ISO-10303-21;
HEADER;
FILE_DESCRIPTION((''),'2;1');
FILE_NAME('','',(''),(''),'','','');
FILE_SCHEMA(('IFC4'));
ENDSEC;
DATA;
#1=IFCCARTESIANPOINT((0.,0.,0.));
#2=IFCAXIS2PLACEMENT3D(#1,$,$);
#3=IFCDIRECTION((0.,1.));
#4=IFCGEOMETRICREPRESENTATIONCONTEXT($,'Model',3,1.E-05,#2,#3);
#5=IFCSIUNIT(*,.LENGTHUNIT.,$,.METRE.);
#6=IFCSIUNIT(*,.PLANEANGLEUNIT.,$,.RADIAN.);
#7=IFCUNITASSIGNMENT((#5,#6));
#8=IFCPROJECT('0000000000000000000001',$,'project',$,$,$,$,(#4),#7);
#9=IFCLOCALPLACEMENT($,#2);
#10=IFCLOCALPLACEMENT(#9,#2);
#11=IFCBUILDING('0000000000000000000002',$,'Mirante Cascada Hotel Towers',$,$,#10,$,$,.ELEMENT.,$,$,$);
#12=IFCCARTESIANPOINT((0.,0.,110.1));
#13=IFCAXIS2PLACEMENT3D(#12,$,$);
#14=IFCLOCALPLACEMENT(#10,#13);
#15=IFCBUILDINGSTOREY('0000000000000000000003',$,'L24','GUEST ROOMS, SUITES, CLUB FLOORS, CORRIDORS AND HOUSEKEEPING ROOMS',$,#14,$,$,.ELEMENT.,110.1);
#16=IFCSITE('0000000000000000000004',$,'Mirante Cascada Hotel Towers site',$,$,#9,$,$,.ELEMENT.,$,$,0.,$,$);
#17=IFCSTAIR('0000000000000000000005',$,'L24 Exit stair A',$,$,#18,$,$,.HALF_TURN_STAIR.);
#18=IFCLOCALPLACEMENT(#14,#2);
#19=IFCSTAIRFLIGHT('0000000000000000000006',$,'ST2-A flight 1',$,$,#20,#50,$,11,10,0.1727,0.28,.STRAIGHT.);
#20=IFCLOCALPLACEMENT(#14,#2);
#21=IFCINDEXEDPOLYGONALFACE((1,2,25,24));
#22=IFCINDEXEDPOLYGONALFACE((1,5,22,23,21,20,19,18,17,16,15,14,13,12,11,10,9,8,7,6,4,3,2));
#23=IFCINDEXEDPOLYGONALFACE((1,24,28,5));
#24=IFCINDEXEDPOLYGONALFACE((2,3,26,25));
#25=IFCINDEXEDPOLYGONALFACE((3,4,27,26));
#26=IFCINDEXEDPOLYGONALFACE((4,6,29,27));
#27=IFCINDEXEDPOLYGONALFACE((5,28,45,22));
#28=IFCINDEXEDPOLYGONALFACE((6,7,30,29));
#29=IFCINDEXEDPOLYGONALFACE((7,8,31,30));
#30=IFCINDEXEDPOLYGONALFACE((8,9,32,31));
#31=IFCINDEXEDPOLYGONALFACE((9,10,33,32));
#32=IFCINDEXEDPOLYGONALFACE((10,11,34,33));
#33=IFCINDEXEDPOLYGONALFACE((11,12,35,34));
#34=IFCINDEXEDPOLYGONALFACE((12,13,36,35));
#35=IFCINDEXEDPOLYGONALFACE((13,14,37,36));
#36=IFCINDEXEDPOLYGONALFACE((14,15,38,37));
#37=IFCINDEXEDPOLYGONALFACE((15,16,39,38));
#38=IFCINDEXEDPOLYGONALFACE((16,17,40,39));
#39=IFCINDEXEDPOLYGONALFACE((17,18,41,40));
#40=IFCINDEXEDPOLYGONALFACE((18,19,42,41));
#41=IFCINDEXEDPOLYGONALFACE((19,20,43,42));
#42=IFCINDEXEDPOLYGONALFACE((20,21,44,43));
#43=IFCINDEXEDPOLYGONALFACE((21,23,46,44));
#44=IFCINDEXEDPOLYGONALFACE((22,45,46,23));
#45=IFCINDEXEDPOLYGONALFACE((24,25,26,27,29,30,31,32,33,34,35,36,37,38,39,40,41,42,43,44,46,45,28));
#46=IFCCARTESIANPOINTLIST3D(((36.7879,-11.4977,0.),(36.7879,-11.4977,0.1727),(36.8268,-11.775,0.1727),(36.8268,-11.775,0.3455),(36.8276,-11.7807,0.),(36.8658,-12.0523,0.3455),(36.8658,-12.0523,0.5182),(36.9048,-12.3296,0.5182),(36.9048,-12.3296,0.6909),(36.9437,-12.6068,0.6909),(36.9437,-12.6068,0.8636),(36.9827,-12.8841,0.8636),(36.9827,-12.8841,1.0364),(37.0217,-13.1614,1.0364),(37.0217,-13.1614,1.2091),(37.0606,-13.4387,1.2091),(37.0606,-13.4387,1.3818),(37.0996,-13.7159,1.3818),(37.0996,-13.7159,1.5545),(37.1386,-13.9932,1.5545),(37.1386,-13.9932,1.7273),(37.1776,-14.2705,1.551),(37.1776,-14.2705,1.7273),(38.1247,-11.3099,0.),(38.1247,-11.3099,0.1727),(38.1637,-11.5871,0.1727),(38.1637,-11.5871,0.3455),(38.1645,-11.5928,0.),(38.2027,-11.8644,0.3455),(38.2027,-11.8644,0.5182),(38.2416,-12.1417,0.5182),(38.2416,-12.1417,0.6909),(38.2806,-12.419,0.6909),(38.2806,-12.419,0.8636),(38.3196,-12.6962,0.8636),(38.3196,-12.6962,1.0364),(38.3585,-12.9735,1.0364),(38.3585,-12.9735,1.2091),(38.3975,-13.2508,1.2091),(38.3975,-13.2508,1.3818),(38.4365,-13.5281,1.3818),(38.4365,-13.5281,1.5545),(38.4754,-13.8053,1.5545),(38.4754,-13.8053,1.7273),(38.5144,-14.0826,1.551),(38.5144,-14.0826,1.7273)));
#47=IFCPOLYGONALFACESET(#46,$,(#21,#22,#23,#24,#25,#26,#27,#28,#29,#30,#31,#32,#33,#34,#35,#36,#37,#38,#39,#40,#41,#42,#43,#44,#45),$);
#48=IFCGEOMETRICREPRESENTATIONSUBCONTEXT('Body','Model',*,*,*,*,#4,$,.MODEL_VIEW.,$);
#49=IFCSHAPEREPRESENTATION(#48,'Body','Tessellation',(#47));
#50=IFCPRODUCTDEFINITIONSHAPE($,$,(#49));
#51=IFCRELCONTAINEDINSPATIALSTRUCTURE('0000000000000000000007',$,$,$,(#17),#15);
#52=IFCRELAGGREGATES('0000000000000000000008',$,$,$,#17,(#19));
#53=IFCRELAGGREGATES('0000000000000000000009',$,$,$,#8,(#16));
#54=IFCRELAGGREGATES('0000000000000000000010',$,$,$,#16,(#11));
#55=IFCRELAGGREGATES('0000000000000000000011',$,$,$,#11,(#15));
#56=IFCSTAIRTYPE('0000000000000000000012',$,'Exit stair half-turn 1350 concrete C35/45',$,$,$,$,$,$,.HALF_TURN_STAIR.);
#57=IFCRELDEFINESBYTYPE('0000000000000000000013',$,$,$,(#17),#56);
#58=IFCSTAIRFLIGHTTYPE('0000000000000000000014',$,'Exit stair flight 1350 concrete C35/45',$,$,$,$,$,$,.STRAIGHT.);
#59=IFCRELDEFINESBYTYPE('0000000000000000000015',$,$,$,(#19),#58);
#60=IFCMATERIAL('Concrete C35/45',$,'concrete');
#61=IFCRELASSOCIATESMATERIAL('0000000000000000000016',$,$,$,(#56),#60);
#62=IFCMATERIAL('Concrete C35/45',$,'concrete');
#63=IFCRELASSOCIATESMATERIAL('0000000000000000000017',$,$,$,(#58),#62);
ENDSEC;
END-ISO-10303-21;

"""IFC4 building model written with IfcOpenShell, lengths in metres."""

from ifc_helpers import new_model, si_unit, direction, frame, origin, place, context, subcontext, project, spatial, polyline, outline, extrude, material, type_object, element, aggregate, save


model = new_model("IFC4")

# Units and contexts
model_context = context("Model", 3, precision=1e-05, world=origin(), true_north=direction((0.0, 1.0)))
body_context = subcontext(model_context, "Body", "Model", "MODEL_VIEW")
ifc_project = project(units=[si_unit("LENGTHUNIT", "METRE"), si_unit("PLANEANGLEUNIT", "RADIAN")], contexts=[model_context])

# Site, building, storey
site_placement = place(None, origin())
site = spatial("IfcSite", under=ifc_project, at=site_placement, Name="Mirante Cascada Hotel Towers site", CompositionType="ELEMENT", RefElevation=0.0)
building_placement = place(site_placement, origin())
building = spatial("IfcBuilding", under=site, at=building_placement, Name="Mirante Cascada Hotel Towers", CompositionType="ELEMENT")
storey_placement = place(building_placement, frame((0.0, 0.0, 110.1)))
storey = spatial("IfcBuildingStorey", under=building, at=storey_placement, Name="L24", Description="GUEST ROOMS, SUITES, CLUB FLOORS, CORRIDORS AND HOUSEKEEPING ROOMS", CompositionType="ELEMENT", Elevation=110.1)

# Stair, stair flight
ifc_material_1 = material(Name="Concrete C35/45", Category="concrete")
stair_type = type_object("IfcStairType", Name="Exit stair half-turn 1350 concrete C35/45", PredefinedType="HALF_TURN_STAIR", material=ifc_material_1)
stair_placement = place(storey_placement, origin())
stair = element("IfcStair", 1, at=stair_placement, inside=storey, type_object=stair_type, Name="L24 Exit stair A", PredefinedType="HALF_TURN_STAIR")
ifc_material_2 = material(Name="Concrete C35/45", Category="concrete")
stair_flight_type = type_object("IfcStairFlightType", Name="Exit stair flight 1350 concrete C35/45", PredefinedType="STRAIGHT", material=ifc_material_2)
stair_flight_placement = place(storey_placement, frame((37.4563, -11.4038, 0.0), z_axis=(0.0, 0.0, 1.0), x_axis=(0.139173, -0.990268, 0.0)))
stair_flight = element("IfcStairFlight", 2, at=stair_flight_placement, type_object=stair_flight_type, Name="ST2-A flight 1", NumberOfRisers=11, NumberOfTreads=10, PredefinedType="STRAIGHT", RiserHeight=0.1727, TreadLength=0.28, context=body_context, shape_type="SweptSolid", body=[
    extrude(outline(polyline([(0.0, 0.0), (0.0, 0.1727), (0.28, 0.1727), (0.28, 0.3455), (0.56, 0.3455), (0.56, 0.5182), (0.84, 0.5182), (0.84, 0.6909), (1.12, 0.6909), (1.12, 0.8636), (1.4, 0.8636), (1.4, 1.0364), (1.68, 1.0364), (1.68, 1.2091), (1.96, 1.2091), (1.96, 1.3818), (2.24, 1.3818), (2.24, 1.5545), (2.52, 1.5545), (2.52, 1.7273), (2.8, 1.7273), (2.8, 1.9), (2.8, 1.551), (0.2857, 0.0), (0.0, 0.0)])), frame((0.0, 0.675, 0.0), z_axis=(0.0, -1.0, 0.0), x_axis=(1.0, 0.0, 0.0)), (0.0, 0.0, 1.0), 1.35),
])
aggregate(stair, [stair_flight])

save(model, "model.ifc")
